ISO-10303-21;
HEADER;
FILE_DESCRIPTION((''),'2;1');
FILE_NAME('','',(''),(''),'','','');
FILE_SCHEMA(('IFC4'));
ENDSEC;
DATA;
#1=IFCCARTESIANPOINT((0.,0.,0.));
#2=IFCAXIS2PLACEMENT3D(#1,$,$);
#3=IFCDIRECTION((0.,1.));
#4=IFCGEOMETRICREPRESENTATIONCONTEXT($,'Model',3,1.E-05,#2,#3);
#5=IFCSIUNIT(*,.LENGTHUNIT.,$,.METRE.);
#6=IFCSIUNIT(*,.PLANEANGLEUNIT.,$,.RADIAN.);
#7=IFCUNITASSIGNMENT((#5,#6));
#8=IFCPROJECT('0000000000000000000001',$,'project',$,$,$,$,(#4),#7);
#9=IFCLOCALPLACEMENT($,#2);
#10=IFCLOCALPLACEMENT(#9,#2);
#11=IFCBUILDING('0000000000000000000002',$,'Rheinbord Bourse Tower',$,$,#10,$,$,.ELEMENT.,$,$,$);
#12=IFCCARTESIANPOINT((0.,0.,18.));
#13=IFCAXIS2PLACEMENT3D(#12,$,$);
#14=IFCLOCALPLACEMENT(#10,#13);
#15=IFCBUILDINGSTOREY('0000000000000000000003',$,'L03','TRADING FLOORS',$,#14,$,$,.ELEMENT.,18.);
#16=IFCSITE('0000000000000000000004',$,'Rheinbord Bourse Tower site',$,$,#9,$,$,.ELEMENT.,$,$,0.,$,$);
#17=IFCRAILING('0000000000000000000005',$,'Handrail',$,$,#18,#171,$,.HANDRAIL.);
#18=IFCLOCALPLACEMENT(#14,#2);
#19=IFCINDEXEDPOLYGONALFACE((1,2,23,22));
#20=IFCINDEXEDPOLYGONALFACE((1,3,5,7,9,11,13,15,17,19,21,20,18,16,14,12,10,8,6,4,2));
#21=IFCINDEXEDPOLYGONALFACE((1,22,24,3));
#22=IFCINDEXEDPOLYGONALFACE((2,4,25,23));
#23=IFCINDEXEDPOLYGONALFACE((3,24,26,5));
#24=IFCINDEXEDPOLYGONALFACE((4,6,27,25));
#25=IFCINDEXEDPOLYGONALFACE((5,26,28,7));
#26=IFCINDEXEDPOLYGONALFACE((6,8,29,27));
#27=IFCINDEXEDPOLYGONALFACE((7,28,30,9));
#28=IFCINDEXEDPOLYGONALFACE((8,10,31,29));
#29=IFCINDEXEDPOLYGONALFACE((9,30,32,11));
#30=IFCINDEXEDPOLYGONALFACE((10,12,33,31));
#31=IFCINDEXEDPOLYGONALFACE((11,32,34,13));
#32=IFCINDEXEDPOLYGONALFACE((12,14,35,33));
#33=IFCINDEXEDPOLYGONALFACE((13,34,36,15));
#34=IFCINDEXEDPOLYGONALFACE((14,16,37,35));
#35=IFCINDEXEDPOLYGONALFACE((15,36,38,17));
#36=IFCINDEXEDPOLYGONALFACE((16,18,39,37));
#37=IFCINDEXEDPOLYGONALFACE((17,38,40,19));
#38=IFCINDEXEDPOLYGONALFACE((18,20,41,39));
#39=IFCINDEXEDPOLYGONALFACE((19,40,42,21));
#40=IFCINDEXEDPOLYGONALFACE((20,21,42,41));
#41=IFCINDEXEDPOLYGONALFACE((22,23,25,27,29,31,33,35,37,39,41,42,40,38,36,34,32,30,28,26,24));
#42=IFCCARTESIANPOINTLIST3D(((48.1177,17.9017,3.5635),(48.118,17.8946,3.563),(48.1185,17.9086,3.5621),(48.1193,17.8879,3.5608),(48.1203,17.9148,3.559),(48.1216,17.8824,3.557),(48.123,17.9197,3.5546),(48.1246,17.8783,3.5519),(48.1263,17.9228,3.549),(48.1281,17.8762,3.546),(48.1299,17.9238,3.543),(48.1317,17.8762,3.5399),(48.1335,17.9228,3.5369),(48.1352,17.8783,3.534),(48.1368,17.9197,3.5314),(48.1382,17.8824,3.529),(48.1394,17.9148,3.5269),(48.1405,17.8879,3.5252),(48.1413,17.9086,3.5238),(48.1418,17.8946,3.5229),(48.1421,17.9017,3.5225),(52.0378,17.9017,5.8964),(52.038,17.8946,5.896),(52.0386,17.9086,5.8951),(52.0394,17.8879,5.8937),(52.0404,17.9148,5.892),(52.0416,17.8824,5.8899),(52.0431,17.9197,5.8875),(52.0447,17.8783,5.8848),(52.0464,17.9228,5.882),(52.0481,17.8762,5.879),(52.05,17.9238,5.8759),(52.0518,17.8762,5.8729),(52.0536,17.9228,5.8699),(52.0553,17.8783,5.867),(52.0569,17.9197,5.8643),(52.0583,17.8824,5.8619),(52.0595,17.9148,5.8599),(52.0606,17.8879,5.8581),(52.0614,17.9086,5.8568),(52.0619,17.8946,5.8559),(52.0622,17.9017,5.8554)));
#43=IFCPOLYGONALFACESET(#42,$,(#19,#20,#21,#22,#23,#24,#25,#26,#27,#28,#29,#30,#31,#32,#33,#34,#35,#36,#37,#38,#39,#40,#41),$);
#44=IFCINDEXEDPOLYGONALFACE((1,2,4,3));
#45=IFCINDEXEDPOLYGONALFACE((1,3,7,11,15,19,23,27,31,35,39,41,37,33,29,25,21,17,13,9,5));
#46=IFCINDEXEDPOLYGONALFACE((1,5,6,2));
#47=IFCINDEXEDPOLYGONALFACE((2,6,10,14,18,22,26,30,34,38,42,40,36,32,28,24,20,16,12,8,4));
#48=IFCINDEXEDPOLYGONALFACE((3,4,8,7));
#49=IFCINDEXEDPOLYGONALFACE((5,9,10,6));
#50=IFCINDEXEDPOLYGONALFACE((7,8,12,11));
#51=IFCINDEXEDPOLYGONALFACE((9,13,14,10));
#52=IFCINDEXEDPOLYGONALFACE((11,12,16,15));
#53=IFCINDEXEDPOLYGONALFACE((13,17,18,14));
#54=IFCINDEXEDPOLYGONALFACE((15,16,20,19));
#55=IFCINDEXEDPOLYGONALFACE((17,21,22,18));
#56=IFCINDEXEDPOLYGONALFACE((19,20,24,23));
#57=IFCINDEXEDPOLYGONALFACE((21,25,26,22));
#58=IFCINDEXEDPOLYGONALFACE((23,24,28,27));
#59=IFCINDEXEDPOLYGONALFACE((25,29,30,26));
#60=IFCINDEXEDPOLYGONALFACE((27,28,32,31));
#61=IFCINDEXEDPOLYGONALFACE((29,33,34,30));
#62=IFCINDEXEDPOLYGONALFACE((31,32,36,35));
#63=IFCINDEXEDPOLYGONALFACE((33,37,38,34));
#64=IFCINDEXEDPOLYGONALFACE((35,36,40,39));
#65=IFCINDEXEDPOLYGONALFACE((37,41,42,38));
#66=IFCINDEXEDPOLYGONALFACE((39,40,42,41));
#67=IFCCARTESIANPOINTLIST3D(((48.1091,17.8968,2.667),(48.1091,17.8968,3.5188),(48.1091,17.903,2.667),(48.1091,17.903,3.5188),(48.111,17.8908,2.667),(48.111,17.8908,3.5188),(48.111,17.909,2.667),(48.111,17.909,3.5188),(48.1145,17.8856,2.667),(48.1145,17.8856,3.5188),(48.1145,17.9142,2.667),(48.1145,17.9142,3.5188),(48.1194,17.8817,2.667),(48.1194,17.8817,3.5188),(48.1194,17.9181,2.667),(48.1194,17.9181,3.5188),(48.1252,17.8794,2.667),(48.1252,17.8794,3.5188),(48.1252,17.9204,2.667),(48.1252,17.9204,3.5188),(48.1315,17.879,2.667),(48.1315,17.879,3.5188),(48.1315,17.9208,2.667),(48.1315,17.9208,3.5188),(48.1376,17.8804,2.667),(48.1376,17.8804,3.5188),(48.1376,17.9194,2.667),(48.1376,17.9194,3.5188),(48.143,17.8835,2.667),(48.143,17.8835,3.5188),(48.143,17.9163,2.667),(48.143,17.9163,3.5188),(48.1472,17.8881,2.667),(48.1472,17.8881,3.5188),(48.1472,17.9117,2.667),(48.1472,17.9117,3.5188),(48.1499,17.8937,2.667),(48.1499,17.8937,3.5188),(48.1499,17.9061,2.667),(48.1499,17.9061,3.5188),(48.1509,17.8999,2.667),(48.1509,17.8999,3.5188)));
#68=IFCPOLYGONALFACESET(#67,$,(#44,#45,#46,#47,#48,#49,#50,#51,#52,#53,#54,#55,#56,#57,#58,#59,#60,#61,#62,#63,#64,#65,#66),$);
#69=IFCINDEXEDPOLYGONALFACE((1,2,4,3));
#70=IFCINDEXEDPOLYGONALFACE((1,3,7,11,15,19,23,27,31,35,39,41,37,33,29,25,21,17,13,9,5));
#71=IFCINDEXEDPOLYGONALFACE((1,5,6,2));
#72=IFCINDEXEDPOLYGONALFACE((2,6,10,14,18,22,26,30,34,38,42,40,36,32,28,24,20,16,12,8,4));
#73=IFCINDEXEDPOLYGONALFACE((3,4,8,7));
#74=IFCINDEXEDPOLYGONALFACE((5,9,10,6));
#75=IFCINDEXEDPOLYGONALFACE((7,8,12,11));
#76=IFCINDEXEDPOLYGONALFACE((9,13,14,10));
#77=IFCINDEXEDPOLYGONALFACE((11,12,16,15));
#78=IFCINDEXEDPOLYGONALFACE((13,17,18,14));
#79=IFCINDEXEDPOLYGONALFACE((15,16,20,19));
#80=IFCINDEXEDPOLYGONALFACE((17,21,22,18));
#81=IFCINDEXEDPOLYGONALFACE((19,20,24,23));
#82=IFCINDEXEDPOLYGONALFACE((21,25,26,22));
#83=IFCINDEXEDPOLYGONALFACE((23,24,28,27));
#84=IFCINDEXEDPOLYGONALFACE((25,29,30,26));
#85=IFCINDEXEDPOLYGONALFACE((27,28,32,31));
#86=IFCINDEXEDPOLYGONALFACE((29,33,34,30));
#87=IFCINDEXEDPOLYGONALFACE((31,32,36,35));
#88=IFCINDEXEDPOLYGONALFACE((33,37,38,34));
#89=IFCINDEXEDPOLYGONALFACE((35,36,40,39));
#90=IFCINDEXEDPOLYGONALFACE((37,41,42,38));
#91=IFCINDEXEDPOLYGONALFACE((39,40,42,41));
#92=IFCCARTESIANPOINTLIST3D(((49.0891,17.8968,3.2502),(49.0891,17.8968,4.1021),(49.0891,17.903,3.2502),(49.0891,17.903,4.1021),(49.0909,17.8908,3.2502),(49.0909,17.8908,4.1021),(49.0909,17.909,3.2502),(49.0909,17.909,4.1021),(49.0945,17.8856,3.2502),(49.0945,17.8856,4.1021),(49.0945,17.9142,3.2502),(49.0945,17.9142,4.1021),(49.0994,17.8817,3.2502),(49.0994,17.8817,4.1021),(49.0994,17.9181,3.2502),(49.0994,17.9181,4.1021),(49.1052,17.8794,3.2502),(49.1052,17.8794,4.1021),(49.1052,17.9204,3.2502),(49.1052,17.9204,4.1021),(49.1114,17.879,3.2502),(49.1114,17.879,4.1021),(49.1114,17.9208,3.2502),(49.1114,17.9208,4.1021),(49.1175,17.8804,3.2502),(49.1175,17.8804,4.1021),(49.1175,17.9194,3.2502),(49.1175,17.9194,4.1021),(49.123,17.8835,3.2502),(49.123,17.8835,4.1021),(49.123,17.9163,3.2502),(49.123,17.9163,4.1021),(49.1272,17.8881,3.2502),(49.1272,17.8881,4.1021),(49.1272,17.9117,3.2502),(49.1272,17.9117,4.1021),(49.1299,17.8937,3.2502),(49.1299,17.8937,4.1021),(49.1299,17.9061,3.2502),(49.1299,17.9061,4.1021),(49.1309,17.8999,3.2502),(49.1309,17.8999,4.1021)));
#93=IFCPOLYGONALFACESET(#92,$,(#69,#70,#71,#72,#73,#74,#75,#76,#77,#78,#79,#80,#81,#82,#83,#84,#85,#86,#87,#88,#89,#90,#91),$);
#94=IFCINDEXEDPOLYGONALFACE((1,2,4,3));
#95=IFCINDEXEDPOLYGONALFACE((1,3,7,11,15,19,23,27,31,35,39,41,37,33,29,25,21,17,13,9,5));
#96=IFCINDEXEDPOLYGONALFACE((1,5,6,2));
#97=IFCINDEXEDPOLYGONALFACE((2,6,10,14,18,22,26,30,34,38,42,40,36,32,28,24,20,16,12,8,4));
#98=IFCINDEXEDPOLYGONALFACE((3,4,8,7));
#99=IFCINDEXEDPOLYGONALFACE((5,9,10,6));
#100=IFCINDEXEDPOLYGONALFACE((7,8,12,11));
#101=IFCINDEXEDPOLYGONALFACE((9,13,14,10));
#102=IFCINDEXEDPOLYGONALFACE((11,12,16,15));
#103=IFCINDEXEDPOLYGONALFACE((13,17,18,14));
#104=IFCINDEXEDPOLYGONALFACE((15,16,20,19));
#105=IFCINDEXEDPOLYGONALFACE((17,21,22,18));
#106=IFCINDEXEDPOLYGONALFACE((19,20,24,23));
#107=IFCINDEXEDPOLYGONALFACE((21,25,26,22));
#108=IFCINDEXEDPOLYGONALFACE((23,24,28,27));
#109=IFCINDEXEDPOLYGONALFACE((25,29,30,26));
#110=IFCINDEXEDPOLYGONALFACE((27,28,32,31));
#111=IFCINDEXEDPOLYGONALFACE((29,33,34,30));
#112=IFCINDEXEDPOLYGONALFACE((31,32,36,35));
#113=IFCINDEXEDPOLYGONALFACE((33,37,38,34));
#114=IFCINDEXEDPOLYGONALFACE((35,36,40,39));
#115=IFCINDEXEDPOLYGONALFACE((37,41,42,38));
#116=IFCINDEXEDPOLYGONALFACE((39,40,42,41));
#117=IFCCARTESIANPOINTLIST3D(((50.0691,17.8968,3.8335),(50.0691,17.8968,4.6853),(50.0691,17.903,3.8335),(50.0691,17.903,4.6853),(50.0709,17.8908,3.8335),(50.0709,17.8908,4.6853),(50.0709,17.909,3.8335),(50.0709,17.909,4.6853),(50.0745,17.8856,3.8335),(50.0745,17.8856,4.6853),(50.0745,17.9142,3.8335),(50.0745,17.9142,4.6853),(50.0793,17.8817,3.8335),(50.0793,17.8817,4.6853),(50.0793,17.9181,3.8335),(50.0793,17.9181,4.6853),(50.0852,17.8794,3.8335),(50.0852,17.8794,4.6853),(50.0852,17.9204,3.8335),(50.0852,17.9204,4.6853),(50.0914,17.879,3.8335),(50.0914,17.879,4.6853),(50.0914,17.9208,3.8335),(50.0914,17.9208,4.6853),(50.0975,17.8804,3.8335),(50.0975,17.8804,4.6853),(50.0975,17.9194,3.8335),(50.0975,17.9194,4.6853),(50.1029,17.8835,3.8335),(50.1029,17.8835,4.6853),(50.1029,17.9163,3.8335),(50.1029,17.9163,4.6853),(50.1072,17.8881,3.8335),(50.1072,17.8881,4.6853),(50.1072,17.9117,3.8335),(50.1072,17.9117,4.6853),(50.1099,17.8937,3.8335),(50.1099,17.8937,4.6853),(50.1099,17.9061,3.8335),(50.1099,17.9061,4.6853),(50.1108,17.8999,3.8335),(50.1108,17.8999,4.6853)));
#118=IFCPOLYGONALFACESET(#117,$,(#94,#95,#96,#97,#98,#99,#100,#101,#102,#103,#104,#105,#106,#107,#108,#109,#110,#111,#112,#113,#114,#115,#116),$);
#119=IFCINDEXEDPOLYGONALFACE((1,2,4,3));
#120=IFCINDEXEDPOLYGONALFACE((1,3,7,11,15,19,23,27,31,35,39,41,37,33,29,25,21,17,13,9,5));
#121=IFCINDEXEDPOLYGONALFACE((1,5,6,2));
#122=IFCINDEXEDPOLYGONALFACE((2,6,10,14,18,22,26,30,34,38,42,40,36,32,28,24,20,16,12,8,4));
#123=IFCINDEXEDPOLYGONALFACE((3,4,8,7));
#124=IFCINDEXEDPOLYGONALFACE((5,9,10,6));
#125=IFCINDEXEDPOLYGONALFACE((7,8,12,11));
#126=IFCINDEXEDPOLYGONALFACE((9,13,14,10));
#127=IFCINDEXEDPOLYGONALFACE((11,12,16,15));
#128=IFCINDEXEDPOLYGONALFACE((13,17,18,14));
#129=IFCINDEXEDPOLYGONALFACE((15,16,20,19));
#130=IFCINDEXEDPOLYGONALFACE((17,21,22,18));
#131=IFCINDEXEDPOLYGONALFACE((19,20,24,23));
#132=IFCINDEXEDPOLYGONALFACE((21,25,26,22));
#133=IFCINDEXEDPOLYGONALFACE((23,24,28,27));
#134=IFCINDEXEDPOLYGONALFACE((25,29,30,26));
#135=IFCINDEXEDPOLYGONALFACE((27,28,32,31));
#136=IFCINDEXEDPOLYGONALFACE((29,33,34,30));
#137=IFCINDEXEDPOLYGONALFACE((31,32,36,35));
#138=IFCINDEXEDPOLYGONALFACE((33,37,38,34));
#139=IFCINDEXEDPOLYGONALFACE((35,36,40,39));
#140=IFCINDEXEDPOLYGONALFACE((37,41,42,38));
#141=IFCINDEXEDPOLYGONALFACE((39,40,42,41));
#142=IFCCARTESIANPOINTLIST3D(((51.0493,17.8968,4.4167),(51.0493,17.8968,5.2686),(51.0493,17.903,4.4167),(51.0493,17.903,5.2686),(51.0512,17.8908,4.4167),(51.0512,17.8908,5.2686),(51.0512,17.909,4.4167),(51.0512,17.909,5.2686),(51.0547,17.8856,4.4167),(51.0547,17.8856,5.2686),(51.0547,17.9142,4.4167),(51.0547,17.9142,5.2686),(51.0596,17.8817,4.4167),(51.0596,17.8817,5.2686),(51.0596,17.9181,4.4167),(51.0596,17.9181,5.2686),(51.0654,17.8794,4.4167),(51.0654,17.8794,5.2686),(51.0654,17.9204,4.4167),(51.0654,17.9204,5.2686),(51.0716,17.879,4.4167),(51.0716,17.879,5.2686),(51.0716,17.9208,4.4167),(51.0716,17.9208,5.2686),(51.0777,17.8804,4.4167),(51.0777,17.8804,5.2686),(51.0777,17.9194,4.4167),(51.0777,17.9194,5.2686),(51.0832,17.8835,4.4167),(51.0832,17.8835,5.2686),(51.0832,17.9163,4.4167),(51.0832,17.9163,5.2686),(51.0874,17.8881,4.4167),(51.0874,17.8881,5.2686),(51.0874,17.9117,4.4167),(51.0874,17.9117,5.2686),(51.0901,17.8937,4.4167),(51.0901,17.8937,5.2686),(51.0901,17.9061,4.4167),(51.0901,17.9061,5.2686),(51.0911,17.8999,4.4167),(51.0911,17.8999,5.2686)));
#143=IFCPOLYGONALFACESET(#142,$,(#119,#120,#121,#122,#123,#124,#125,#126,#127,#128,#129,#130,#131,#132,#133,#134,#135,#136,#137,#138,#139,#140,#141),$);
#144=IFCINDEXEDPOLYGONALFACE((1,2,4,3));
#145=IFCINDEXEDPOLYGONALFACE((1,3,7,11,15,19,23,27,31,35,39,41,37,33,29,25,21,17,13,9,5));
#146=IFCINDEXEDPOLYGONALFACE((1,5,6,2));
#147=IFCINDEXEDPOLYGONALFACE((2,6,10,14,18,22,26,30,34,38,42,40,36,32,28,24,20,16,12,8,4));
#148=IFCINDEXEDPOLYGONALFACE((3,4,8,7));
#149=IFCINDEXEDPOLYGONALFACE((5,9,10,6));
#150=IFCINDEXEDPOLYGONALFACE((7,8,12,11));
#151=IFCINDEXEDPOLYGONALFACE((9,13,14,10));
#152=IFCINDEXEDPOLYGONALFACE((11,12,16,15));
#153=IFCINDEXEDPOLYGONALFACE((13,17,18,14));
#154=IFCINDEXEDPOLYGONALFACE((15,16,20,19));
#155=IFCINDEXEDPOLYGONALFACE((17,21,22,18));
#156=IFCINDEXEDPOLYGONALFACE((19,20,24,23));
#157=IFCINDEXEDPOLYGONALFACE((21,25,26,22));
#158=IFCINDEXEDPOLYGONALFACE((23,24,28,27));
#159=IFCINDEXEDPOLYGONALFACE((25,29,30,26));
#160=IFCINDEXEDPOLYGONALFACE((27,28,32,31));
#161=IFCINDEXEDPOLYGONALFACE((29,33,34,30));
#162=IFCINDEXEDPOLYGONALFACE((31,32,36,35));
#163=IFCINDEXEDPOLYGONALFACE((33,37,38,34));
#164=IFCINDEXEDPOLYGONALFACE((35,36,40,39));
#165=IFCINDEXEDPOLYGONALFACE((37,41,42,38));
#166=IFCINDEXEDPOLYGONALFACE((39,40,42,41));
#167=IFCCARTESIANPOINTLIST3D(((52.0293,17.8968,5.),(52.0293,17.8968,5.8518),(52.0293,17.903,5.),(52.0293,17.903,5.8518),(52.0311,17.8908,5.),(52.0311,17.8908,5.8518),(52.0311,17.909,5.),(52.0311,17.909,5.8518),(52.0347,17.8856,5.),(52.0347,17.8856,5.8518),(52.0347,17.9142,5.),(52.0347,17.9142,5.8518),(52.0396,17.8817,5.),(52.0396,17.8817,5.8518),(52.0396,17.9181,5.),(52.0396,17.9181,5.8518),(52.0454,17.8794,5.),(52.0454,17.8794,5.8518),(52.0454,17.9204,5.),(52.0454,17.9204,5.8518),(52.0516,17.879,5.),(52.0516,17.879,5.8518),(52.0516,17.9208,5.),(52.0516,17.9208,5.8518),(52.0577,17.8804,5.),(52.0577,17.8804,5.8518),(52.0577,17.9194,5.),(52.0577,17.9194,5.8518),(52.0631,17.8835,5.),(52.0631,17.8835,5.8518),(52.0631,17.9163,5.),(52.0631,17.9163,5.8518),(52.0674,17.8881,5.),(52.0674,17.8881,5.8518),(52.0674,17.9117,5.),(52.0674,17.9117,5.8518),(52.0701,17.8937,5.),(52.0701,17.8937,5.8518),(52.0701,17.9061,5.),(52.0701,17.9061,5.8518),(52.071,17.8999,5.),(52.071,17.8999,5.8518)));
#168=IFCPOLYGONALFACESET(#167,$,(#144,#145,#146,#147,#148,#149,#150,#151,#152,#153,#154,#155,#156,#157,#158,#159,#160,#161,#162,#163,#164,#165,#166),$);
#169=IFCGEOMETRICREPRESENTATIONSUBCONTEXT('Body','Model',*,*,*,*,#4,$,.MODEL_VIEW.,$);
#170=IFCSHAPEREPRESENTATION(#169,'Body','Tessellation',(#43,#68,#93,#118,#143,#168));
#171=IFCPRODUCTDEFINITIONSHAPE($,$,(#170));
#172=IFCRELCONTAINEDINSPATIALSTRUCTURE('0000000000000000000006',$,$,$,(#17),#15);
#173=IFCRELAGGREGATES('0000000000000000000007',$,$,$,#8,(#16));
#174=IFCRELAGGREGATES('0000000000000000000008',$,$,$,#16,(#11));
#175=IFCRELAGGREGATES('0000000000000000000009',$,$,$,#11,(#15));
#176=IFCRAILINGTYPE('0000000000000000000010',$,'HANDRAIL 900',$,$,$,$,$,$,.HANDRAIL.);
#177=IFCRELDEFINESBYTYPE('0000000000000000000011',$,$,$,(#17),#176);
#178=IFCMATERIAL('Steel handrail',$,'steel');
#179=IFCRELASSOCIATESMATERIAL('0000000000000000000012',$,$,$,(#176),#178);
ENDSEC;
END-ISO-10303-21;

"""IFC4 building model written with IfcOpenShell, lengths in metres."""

from ifc_helpers import new_model, si_unit, direction, frame, origin, origin_2d, place, context, subcontext, project, spatial, circle, extrude, material, type_object, element, save


model = new_model("IFC4")

# Units and contexts
model_context = context("Model", 3, precision=1e-05, world=origin(), true_north=direction((0.0, 1.0)))
body_context = subcontext(model_context, "Body", "Model", "MODEL_VIEW")
ifc_project = project(units=[si_unit("LENGTHUNIT", "METRE"), si_unit("PLANEANGLEUNIT", "RADIAN")], contexts=[model_context])

# Site, building, storey
site_placement = place(None, origin())
site = spatial("IfcSite", under=ifc_project, at=site_placement, Name="Rheinbord Bourse Tower site", CompositionType="ELEMENT", RefElevation=0.0)
building_placement = place(site_placement, origin())
building = spatial("IfcBuilding", under=site, at=building_placement, Name="Rheinbord Bourse Tower", CompositionType="ELEMENT")
storey_placement = place(building_placement, frame((0.0, 0.0, 18.0)))
storey = spatial("IfcBuildingStorey", under=building, at=storey_placement, Name="L03", Description="TRADING FLOORS", CompositionType="ELEMENT", Elevation=18.0)

# Railing
ifc_material_1 = material(Name="Steel handrail", Category="steel")
railing_type = type_object("IfcRailingType", Name="HANDRAIL 900", PredefinedType="HANDRAIL", material=ifc_material_1)
railing_placement = place(storey_placement, frame((48.1299, 17.8999, 2.667)))
element("IfcRailing", 1, at=railing_placement, inside=storey, type_object=railing_type, Name="Handrail", PredefinedType="HANDRAIL", context=body_context, shape_type="SweptSolid", body=[
    extrude(circle(Radius=0.0239, at=origin_2d()), frame((0.0, 0.0, 0.876), z_axis=(0.859334, 0.0, 0.511415), x_axis=(0.0, 1.0, 0.0)), (0.0, 0.0, 1.0), 4.5618),
    extrude(circle(Radius=0.021, at=origin_2d()), origin(), (0.0, 0.0, 1.0), 0.8518),
    extrude(circle(Radius=0.021, at=origin_2d()), frame((0.98, 0.0, 0.5833)), (0.0, 0.0, 1.0), 0.8518),
    extrude(circle(Radius=0.021, at=origin_2d()), frame((1.96, 0.0, 1.1665)), (0.0, 0.0, 1.0), 0.8518),
    extrude(circle(Radius=0.021, at=origin_2d()), frame((2.9402, 0.0, 1.7498)), (0.0, 0.0, 1.0), 0.8518),
    extrude(circle(Radius=0.021, at=origin_2d()), frame((3.9202, 0.0, 2.333)), (0.0, 0.0, 1.0), 0.8518),
])

save(model, "model.ifc")
